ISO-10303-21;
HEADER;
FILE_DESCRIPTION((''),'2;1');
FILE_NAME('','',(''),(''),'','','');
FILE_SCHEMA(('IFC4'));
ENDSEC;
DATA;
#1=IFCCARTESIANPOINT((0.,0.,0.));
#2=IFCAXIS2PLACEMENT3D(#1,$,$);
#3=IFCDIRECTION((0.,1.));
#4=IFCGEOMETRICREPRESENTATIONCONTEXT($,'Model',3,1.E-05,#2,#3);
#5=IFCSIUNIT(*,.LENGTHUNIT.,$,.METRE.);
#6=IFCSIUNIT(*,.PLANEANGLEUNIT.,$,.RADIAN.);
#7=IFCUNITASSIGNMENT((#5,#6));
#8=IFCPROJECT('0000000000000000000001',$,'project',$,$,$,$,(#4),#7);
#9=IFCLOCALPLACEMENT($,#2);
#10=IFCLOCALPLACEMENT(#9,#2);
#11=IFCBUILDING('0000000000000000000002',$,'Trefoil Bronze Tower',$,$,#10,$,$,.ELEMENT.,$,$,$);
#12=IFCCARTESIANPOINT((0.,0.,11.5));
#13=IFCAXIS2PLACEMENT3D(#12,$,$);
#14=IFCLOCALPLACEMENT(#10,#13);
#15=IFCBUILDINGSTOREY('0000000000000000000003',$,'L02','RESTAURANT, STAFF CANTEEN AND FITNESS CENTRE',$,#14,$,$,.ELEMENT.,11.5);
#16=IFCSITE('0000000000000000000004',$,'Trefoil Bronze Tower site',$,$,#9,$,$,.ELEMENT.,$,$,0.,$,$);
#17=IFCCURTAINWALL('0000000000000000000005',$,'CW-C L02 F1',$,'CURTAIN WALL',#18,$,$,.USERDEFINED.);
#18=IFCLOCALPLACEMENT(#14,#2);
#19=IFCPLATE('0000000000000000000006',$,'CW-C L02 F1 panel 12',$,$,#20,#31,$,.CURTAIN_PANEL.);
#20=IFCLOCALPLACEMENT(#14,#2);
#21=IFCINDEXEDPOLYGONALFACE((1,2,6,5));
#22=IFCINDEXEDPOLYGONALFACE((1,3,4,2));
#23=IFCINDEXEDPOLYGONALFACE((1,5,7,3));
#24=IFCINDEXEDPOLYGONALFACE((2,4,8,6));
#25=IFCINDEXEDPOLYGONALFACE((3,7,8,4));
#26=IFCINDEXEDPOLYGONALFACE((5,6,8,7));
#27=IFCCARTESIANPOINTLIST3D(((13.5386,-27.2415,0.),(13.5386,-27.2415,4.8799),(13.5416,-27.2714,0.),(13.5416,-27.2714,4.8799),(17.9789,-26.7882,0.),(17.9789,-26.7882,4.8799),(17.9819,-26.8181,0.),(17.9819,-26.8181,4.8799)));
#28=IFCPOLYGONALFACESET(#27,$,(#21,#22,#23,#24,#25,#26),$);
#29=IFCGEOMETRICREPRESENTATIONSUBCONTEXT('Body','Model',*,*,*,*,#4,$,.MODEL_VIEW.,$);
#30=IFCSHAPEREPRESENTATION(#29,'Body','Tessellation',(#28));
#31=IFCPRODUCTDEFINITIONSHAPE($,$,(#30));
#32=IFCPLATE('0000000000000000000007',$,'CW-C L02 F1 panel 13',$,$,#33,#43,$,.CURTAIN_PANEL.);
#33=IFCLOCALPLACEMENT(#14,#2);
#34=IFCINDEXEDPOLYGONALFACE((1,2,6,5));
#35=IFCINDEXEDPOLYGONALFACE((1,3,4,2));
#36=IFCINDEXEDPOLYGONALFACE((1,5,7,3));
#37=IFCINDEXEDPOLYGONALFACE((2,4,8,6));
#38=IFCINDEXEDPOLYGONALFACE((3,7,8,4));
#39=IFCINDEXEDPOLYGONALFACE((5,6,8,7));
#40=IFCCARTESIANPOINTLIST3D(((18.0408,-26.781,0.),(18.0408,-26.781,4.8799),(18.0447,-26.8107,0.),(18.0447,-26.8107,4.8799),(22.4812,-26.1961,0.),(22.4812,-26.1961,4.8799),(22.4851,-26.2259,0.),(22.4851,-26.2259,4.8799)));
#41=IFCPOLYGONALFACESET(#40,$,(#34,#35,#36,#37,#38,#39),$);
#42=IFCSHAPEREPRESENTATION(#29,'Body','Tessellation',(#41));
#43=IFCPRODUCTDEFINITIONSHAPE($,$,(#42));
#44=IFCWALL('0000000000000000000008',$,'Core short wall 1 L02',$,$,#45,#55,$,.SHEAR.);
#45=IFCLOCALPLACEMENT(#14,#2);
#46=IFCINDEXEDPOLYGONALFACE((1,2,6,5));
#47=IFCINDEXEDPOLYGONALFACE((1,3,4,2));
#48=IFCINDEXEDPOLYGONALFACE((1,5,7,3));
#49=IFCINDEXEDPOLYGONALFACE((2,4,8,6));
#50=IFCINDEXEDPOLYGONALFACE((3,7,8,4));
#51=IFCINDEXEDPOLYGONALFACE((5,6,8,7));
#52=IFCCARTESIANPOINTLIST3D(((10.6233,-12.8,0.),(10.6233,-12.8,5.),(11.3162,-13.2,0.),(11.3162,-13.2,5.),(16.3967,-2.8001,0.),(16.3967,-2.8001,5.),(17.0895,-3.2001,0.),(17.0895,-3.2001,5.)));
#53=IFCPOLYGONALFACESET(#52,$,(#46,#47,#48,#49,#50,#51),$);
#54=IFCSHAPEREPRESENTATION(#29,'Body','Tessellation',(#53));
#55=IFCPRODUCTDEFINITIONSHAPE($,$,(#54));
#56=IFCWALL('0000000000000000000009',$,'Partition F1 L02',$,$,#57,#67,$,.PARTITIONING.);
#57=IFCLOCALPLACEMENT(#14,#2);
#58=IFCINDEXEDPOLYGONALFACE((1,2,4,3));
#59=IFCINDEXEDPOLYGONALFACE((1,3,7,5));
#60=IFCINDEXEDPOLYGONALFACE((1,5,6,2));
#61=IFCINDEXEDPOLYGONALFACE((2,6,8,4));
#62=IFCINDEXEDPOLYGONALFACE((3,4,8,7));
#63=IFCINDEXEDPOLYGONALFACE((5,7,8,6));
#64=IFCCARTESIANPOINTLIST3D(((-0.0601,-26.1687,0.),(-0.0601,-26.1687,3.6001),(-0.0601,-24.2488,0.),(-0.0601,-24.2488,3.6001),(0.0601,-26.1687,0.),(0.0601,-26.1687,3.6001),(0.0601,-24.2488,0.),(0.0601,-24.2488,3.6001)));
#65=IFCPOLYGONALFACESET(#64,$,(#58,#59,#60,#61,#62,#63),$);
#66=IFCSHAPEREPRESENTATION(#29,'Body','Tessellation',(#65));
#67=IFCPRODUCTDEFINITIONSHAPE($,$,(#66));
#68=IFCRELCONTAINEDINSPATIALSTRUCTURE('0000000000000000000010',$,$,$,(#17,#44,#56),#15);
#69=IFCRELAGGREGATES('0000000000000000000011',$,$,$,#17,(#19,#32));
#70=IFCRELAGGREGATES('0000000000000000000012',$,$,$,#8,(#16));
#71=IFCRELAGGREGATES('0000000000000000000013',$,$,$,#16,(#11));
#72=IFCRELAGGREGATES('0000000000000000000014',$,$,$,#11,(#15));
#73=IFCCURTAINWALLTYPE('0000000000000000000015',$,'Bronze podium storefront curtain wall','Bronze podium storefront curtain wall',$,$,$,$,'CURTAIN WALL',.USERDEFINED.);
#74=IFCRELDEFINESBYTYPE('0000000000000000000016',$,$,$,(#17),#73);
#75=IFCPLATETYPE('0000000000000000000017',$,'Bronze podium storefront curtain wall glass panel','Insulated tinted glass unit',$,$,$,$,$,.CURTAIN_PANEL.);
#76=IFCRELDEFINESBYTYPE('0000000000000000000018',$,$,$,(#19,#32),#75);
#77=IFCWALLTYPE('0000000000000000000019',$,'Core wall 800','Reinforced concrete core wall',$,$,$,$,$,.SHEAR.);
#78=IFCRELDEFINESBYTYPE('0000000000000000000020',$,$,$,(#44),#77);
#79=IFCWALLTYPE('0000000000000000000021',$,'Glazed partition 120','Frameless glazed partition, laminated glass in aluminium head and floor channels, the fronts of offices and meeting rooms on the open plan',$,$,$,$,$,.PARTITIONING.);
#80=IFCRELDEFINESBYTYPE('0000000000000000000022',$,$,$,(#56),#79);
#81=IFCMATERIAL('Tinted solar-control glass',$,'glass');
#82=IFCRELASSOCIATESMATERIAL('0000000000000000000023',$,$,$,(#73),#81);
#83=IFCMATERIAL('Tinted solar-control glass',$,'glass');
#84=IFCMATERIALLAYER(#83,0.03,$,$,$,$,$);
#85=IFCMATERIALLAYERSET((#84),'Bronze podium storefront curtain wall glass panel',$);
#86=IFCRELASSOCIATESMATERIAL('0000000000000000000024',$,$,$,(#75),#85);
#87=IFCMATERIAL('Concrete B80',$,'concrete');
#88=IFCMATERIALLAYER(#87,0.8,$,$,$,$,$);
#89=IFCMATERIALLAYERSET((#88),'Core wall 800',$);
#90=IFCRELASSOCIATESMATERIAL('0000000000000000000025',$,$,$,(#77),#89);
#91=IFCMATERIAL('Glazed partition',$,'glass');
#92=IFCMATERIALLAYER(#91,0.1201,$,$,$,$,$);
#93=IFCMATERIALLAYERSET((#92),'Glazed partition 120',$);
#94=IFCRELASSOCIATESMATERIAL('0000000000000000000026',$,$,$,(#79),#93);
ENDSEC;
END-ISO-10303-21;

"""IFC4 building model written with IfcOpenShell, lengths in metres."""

from ifc_helpers import new_model, si_unit, direction, frame, frame_2d, origin, origin_2d, place, context, subcontext, project, spatial, rectangle, extrude, material, layer, layer_set, type_object, element, aggregate, save


model = new_model("IFC4")

# Units and contexts
model_context = context("Model", 3, precision=1e-05, world=origin(), true_north=direction((0.0, 1.0)))
body_context = subcontext(model_context, "Body", "Model", "MODEL_VIEW")
ifc_project = project(units=[si_unit("LENGTHUNIT", "METRE"), si_unit("PLANEANGLEUNIT", "RADIAN")], contexts=[model_context])

# Site, building, storey
site_placement = place(None, origin())
site = spatial("IfcSite", under=ifc_project, at=site_placement, Name="Trefoil Bronze Tower site", CompositionType="ELEMENT", RefElevation=0.0)
building_placement = place(site_placement, origin())
building = spatial("IfcBuilding", under=site, at=building_placement, Name="Trefoil Bronze Tower", CompositionType="ELEMENT")
storey_placement = place(building_placement, frame((0.0, 0.0, 11.5)))
storey = spatial("IfcBuildingStorey", under=building, at=storey_placement, Name="L02", Description="RESTAURANT, STAFF CANTEEN AND FITNESS CENTRE", CompositionType="ELEMENT", Elevation=11.5)

# Curtain wall
ifc_material_1 = material(Name="Tinted solar-control glass", Category="glass")
curtain_wall_type = type_object("IfcCurtainWallType", Name="Bronze podium storefront curtain wall", Description="Bronze podium storefront curtain wall", ElementType="CURTAIN WALL", PredefinedType="USERDEFINED", material=ifc_material_1)
curtain_wall_placement = place(storey_placement, origin())
curtain_wall = element("IfcCurtainWall", 1, at=curtain_wall_placement, inside=storey, type_object=curtain_wall_type, Name="CW-C L02 F1", ObjectType="CURTAIN WALL", PredefinedType="USERDEFINED")

# Plates
ifc_material_2 = material(Name="Tinted solar-control glass", Category="glass")
ifc_layer_1 = layer(ifc_material_2, 0.03)
ifc_layer_set_1 = layer_set([ifc_layer_1], Name="Bronze podium storefront curtain wall glass panel")
plate_type = type_object("IfcPlateType", Name="Bronze podium storefront curtain wall glass panel", Description="Insulated tinted glass unit", PredefinedType="CURTAIN_PANEL", material=ifc_layer_set_1)
plate_1_placement = place(storey_placement, frame((15.7603, -27.0298, 0.0), z_axis=(0.0, 0.0, 1.0), x_axis=(0.994829, 0.101565, 0.0)))
plate_1 = element("IfcPlate", 2, at=plate_1_placement, type_object=plate_type, Name="CW-C L02 F1 panel 12", PredefinedType="CURTAIN_PANEL", context=body_context, shape_type="SweptSolid", body=[
    extrude(rectangle(XDim=4.4634, YDim=0.03, at=origin_2d()), origin(), (0.0, 0.0, 1.0), 4.8799),
])
plate_2_placement = place(storey_placement, frame((20.2629, -26.5034, 0.0), z_axis=(0.0, 0.0, 1.0), x_axis=(0.991437, 0.130584, 0.0)))
plate_2 = element("IfcPlate", 3, at=plate_2_placement, type_object=plate_type, Name="CW-C L02 F1 panel 13", PredefinedType="CURTAIN_PANEL", context=body_context, shape_type="SweptSolid", body=[
    extrude(rectangle(XDim=4.4788, YDim=0.03, at=origin_2d()), origin(), (0.0, 0.0, 1.0), 4.8799),
])
aggregate(curtain_wall, [plate_1, plate_2])

# Walls
ifc_material_3 = material(Name="Concrete B80", Category="concrete")
ifc_layer_2 = layer(ifc_material_3, 0.8)
ifc_layer_set_2 = layer_set([ifc_layer_2], Name="Core wall 800")
wall_type_1 = type_object("IfcWallType", Name="Core wall 800", Description="Reinforced concrete core wall", PredefinedType="SHEAR", material=ifc_layer_set_2)
wall_1_placement = place(storey_placement, frame((10.9697, -13.0, 0.0), z_axis=(0.0, 0.0, 1.0), x_axis=(0.499996, 0.866028, 0.0)))
element("IfcWall", 4, at=wall_1_placement, inside=storey, type_object=wall_type_1, Name="Core short wall 1 L02", PredefinedType="SHEAR", context=body_context, shape_type="SweptSolid", body=[
    extrude(rectangle(XDim=11.5469, YDim=0.8, at=frame_2d((5.7734, 0.0))), origin(), (0.0, 0.0, 1.0), 5.0),
])
ifc_material_4 = material(Name="Glazed partition", Category="glass")
ifc_layer_3 = layer(ifc_material_4, 0.1201)
ifc_layer_set_3 = layer_set([ifc_layer_3], Name="Glazed partition 120")
wall_type_2 = type_object("IfcWallType", Name="Glazed partition 120", Description="Frameless glazed partition, laminated glass in aluminium head and floor channels, the fronts of offices and meeting rooms on the open plan", PredefinedType="PARTITIONING", material=ifc_layer_set_3)
wall_2_placement = place(storey_placement, frame((0.0, -24.2488, 0.0), z_axis=(0.0, 0.0, 1.0), x_axis=(0.0, -1.0, 0.0)))
element("IfcWall", 5, at=wall_2_placement, inside=storey, type_object=wall_type_2, Name="Partition F1 L02", PredefinedType="PARTITIONING", context=body_context, shape_type="SweptSolid", body=[
    extrude(rectangle(XDim=1.9199, YDim=0.1201, at=frame_2d((0.96, 0.0))), origin(), (0.0, 0.0, 1.0), 3.6001),
])

save(model, "model.ifc")
